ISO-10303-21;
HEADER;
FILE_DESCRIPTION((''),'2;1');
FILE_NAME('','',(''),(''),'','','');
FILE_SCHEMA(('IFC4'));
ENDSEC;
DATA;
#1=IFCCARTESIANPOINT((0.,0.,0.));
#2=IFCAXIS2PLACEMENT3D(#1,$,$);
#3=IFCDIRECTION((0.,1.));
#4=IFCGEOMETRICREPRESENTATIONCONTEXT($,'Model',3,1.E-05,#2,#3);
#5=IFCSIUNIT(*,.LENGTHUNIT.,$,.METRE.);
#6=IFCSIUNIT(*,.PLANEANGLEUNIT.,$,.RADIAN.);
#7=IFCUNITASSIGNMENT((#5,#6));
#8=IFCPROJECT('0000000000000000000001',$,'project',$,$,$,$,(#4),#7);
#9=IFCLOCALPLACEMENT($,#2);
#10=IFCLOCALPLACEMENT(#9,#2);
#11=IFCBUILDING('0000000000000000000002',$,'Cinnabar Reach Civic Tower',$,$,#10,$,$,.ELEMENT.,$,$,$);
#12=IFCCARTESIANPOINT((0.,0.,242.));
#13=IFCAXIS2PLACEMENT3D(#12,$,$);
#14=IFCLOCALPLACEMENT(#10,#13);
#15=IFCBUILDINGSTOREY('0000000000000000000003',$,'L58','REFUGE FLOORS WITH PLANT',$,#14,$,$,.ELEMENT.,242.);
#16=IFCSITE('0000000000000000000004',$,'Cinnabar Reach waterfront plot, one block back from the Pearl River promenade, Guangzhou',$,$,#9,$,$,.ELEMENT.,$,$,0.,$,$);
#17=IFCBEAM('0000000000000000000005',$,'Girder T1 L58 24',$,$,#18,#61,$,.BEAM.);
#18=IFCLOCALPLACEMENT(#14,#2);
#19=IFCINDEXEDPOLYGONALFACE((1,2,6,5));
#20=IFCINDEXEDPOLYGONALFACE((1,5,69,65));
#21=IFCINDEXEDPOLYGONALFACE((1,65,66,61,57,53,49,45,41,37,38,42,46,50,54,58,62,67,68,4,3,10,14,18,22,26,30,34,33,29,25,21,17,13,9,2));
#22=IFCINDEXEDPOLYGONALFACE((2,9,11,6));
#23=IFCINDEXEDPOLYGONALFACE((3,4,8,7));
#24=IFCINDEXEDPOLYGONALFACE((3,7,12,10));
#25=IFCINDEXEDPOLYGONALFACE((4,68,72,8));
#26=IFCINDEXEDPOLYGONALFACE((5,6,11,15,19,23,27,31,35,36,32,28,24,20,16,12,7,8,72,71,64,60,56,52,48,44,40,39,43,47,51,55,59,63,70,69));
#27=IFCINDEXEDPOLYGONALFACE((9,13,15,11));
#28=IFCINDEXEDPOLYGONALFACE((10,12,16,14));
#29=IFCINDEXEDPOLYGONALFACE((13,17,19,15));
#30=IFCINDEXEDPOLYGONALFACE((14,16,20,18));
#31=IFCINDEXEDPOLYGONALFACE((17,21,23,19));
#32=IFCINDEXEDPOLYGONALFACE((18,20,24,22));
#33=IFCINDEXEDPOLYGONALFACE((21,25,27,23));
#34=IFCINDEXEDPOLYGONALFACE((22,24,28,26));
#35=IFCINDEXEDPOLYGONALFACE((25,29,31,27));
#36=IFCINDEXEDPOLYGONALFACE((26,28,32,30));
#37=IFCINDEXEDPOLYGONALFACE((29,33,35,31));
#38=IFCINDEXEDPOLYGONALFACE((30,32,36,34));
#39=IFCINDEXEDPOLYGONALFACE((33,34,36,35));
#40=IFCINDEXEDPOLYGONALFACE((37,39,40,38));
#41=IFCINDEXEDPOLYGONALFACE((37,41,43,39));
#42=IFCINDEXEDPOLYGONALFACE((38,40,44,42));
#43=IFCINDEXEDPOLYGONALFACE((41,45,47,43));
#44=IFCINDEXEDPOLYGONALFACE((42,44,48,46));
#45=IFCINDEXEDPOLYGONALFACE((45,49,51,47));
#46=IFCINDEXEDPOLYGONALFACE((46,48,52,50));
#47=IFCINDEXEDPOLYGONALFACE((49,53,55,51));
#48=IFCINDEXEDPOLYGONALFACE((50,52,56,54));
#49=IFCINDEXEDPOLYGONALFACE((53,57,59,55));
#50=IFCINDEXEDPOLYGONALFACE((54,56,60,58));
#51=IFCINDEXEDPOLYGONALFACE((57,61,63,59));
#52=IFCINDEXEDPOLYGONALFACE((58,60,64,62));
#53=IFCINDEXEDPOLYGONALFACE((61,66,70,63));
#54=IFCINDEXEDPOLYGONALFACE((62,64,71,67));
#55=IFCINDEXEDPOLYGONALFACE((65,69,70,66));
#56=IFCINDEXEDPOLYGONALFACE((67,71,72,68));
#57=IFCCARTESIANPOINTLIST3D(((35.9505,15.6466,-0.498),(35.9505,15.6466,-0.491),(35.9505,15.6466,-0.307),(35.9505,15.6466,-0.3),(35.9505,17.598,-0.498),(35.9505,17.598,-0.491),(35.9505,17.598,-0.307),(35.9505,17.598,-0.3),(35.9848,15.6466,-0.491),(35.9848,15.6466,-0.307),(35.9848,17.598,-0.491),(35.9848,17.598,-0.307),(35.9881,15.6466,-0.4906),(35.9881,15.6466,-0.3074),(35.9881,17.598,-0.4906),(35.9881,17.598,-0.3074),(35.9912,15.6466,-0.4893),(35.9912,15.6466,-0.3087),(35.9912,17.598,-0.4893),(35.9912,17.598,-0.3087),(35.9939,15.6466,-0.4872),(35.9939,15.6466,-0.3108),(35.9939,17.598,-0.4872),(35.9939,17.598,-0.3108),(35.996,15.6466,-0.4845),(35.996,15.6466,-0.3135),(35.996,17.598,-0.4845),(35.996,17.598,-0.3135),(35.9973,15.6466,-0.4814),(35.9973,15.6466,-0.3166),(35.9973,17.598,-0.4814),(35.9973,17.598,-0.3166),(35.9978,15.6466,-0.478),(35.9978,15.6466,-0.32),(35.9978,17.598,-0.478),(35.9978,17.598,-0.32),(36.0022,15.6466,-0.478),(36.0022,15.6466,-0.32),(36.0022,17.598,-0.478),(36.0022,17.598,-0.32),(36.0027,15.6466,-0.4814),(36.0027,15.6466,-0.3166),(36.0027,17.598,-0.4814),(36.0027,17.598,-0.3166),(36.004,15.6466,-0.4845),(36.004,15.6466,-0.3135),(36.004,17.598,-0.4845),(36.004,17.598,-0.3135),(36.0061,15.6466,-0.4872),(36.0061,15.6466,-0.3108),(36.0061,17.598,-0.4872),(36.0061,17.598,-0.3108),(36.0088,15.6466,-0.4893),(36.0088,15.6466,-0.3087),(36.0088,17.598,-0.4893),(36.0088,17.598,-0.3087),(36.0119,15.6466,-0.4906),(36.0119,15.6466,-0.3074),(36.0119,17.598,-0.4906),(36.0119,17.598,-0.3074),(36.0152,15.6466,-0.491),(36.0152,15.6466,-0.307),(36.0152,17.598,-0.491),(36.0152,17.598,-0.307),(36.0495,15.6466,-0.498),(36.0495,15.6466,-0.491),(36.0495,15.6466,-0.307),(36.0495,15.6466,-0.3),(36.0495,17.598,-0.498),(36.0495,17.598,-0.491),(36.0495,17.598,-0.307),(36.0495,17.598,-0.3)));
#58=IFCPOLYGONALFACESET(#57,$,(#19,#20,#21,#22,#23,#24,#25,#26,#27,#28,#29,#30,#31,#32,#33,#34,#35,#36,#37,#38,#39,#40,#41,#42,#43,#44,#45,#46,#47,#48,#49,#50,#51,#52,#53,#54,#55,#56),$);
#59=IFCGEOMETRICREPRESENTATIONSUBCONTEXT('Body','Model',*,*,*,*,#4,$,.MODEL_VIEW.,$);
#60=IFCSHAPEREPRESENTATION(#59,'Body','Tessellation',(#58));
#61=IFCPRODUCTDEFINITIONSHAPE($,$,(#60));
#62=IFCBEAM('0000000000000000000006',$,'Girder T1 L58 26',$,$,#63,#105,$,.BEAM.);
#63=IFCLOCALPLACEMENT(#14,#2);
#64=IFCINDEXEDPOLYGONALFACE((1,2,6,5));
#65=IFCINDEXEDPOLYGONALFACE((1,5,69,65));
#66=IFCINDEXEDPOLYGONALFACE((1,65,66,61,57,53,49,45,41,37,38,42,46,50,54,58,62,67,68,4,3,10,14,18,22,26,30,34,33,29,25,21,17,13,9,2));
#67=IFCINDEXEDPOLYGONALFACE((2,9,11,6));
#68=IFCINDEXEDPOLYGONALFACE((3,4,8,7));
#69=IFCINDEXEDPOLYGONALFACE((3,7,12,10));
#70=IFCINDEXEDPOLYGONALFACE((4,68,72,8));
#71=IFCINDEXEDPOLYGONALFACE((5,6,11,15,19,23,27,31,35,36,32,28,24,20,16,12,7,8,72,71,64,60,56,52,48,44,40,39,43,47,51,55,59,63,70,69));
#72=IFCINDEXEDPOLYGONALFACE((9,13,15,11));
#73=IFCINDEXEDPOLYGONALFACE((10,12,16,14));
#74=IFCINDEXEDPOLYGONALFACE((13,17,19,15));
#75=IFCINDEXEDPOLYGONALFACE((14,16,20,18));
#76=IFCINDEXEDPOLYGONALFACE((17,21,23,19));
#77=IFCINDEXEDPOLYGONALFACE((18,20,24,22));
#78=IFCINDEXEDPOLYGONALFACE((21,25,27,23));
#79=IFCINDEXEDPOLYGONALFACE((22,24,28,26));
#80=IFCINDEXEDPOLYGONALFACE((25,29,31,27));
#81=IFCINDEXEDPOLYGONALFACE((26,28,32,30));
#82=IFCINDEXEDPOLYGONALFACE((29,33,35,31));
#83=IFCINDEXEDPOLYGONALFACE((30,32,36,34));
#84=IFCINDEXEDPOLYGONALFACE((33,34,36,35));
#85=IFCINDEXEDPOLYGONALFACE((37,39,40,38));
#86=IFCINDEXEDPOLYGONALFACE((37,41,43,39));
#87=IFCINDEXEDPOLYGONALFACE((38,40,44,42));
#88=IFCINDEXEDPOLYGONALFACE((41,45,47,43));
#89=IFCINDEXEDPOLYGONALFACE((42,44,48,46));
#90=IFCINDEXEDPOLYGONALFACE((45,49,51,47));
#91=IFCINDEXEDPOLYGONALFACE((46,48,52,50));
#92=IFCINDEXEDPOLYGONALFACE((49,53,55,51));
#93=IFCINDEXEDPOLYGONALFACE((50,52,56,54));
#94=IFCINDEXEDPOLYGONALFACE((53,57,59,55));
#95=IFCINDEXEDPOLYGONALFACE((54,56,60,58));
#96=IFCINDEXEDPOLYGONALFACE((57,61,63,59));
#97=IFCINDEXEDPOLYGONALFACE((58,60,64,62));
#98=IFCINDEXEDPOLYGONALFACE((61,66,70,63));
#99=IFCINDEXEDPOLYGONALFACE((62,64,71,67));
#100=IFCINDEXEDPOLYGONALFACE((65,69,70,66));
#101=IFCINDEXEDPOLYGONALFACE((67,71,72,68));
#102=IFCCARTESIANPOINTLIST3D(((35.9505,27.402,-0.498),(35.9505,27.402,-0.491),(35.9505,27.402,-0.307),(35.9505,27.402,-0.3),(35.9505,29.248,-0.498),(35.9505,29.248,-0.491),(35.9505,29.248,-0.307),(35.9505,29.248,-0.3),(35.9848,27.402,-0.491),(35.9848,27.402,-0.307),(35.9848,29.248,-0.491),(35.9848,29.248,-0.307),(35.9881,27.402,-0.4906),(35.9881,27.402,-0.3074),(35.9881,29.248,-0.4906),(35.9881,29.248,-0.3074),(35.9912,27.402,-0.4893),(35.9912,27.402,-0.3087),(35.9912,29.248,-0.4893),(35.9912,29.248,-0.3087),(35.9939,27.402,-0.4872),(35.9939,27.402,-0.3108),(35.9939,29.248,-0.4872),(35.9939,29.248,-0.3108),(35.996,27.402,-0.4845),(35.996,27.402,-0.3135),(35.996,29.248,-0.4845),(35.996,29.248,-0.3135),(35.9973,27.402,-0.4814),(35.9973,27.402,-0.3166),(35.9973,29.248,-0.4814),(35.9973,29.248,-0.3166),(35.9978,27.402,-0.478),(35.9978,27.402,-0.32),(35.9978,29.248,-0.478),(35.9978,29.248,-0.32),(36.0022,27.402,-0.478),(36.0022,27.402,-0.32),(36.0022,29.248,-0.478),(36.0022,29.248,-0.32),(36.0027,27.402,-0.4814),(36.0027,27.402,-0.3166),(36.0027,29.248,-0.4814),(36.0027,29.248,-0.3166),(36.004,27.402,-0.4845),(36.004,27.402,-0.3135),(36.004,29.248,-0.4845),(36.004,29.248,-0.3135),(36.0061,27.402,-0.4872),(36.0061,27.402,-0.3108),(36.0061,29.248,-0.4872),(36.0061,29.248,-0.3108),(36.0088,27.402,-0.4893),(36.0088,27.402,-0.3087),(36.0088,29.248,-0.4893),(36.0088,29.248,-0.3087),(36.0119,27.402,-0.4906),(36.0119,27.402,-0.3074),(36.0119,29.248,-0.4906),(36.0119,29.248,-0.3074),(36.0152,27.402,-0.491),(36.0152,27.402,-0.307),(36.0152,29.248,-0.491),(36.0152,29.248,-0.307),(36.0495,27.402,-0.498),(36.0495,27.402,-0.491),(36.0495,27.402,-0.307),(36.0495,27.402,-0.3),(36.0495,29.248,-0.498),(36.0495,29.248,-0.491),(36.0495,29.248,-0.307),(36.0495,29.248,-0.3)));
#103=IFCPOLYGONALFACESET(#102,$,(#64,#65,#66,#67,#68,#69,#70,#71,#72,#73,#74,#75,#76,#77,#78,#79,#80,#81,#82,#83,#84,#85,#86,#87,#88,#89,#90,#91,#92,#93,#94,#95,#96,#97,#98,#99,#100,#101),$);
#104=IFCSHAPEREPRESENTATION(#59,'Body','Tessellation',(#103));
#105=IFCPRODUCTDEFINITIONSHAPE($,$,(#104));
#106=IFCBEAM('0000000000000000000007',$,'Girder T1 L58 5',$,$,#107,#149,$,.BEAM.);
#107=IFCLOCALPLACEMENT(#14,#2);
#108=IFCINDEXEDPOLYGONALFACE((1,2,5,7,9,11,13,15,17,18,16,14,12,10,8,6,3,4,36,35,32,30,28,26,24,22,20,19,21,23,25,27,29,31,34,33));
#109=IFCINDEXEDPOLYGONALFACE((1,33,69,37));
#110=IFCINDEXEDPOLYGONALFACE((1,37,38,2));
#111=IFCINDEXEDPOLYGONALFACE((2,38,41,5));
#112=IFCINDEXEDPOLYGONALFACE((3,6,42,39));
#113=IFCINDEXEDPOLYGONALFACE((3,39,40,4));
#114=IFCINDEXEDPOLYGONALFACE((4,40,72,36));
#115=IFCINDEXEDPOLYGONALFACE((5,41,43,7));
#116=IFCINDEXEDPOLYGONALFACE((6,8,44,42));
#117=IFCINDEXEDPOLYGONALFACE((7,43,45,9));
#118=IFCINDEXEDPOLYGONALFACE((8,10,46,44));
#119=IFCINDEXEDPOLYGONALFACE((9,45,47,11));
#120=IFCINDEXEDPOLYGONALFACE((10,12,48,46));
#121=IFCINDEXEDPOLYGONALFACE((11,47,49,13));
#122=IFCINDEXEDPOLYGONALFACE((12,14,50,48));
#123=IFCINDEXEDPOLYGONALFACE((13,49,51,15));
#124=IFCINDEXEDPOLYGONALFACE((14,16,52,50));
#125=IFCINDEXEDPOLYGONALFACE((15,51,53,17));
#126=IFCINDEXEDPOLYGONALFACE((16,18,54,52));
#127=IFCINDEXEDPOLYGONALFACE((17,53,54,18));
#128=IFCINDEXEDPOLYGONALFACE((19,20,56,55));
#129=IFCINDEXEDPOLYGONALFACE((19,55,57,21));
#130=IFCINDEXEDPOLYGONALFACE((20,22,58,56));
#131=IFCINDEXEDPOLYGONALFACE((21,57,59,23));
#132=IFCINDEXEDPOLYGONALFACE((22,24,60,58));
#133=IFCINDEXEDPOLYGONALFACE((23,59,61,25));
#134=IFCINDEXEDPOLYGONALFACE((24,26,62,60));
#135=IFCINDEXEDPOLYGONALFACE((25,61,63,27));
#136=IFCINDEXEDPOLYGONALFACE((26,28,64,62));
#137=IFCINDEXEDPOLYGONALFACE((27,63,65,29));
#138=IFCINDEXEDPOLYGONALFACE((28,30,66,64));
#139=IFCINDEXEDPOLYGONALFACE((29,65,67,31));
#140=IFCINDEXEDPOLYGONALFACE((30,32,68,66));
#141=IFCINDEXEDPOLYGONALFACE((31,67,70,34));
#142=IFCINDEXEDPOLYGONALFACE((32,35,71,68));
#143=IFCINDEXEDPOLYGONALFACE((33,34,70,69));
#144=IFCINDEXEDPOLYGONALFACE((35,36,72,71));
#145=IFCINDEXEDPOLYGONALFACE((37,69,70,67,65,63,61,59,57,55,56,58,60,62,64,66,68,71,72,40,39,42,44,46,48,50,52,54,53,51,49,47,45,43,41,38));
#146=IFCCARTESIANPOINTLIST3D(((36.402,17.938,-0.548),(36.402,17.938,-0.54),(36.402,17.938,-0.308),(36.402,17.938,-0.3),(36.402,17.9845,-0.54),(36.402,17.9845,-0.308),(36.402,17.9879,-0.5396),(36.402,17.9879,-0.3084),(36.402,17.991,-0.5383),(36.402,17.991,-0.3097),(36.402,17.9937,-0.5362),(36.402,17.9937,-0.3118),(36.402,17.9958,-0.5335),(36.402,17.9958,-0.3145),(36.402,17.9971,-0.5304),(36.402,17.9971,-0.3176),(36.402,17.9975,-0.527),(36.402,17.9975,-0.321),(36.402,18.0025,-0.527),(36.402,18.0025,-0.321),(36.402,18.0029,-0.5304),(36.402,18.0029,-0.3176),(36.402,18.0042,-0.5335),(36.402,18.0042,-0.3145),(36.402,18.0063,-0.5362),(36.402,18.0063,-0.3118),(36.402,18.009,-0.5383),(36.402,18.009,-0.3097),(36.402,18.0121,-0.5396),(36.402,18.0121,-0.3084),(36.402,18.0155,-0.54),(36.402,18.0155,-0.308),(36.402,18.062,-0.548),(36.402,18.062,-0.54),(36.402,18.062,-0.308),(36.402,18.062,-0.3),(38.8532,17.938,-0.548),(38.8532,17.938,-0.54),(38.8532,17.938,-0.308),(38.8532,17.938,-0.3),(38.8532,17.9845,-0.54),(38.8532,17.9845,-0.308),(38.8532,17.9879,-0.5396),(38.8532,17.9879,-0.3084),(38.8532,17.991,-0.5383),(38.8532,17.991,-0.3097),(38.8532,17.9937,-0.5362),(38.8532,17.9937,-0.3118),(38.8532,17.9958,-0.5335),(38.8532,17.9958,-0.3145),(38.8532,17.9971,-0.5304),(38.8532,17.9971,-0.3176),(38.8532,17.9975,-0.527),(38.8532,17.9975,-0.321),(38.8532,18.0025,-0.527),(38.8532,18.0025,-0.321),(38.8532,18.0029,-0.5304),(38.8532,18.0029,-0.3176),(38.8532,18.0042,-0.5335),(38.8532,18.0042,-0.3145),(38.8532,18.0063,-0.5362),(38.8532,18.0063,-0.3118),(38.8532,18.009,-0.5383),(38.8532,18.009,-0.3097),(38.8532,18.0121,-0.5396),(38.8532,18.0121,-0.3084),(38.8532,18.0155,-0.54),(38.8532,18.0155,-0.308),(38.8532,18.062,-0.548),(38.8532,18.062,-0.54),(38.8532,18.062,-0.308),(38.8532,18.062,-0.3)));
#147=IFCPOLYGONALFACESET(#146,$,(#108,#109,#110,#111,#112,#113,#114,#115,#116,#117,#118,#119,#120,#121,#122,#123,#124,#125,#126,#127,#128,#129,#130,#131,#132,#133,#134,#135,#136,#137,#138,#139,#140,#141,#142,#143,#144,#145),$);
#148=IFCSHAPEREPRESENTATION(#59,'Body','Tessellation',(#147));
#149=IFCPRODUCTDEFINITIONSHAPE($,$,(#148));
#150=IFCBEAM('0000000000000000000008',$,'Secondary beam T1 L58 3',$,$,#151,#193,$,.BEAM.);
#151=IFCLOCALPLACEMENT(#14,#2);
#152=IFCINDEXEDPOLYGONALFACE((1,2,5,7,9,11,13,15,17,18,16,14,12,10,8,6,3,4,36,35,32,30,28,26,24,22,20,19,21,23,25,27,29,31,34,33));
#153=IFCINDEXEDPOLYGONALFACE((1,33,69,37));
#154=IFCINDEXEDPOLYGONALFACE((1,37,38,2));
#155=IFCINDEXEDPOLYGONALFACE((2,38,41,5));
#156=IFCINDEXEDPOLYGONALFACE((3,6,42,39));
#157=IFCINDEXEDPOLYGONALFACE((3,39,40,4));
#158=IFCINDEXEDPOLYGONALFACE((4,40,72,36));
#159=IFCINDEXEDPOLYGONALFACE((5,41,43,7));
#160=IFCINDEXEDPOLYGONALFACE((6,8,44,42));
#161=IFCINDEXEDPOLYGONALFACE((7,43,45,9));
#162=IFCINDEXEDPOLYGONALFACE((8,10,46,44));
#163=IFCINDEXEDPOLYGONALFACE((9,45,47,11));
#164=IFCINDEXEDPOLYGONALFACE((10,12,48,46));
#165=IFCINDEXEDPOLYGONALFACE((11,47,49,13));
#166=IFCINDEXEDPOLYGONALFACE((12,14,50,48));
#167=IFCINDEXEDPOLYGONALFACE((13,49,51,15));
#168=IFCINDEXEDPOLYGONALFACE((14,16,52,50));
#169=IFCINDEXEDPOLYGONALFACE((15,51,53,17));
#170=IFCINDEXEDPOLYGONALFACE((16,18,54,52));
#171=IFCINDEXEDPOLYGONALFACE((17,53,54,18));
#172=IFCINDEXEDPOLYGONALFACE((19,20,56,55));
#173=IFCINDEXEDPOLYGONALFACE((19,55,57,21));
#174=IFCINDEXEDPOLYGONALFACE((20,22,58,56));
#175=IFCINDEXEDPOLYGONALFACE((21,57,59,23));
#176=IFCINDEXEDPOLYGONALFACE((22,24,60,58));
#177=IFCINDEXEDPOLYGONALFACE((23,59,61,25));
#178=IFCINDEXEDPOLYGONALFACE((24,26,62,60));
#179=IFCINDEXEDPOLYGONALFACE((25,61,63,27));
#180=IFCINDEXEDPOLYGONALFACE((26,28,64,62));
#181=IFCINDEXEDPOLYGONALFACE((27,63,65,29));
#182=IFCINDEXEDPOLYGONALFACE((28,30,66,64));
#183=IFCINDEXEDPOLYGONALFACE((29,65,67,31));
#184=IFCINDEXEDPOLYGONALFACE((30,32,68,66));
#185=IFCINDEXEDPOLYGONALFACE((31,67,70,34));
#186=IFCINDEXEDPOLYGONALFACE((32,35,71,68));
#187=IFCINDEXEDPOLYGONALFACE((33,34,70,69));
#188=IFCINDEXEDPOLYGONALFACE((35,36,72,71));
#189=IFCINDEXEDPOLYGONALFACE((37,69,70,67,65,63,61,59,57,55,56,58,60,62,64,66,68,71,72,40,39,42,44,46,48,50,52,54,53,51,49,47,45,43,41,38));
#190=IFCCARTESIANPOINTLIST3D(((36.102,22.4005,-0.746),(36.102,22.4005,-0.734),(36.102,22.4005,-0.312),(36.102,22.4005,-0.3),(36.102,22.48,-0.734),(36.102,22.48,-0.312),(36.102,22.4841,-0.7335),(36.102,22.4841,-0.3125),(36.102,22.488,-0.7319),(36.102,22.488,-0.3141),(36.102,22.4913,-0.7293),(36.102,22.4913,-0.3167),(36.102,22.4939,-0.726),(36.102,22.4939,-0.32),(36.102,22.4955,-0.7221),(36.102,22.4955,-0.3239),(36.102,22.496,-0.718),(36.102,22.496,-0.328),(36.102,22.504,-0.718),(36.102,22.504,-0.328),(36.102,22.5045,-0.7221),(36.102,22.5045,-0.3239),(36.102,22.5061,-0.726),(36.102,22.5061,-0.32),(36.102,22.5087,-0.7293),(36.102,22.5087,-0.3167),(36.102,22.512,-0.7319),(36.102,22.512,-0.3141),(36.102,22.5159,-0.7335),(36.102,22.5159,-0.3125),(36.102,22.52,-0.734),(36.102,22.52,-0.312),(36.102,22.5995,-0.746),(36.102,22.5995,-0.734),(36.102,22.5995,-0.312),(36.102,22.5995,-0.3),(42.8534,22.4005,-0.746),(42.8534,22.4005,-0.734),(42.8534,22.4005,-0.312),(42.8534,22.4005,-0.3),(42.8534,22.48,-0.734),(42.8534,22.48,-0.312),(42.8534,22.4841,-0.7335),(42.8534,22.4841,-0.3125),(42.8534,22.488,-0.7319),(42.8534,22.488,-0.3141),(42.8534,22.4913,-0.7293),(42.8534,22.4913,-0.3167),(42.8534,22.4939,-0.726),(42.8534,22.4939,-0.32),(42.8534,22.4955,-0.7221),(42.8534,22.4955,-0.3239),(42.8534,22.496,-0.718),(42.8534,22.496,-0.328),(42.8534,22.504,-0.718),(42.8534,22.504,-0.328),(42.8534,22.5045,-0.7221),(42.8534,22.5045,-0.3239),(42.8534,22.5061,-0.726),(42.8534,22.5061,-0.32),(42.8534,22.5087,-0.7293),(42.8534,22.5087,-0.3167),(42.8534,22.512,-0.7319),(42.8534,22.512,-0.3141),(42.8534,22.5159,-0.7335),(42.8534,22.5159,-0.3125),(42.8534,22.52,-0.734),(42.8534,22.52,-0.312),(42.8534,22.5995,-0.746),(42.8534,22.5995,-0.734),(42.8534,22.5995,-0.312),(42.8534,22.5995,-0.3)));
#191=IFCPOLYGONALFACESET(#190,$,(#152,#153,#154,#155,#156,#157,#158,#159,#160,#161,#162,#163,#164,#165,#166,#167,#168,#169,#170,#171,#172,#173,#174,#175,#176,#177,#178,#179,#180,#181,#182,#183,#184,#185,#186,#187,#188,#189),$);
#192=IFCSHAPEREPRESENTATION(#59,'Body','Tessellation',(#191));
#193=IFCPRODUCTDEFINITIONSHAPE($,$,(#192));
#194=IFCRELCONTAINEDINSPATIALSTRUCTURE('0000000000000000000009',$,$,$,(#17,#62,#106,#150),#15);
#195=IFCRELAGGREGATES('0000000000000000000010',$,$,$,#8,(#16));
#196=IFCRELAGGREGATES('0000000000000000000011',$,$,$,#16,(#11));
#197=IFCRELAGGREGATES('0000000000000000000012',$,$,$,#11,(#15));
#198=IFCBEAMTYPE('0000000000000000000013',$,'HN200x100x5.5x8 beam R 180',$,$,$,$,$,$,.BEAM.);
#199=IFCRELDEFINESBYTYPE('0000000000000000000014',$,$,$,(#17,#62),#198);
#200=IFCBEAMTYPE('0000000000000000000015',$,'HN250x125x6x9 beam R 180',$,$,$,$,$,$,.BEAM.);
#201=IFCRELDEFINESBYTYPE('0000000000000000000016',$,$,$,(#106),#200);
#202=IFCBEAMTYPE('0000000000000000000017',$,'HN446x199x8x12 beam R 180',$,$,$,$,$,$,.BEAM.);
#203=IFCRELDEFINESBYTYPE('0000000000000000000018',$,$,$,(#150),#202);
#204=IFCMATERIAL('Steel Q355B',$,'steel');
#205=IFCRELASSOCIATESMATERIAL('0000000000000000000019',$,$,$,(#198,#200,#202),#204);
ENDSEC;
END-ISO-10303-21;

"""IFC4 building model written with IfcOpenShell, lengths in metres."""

from ifc_helpers import new_model, si_unit, direction, frame, origin, origin_2d, place, context, subcontext, project, spatial, i_section, extrude, material, material_profile, profile_set, type_object, element, save


model = new_model("IFC4")

# Units and contexts
model_context = context("Model", 3, precision=1e-05, world=origin(), true_north=direction((0.0, 1.0)))
body_context = subcontext(model_context, "Body", "Model", "MODEL_VIEW")
ifc_project = project(units=[si_unit("LENGTHUNIT", "METRE"), si_unit("PLANEANGLEUNIT", "RADIAN")], contexts=[model_context])

# Site, building, storey
site_placement = place(None, origin())
site = spatial("IfcSite", under=ifc_project, at=site_placement, Name="Cinnabar Reach waterfront plot, one block back from the Pearl River promenade, Guangzhou", CompositionType="ELEMENT", RefElevation=0.0)
building_placement = place(site_placement, origin())
building = spatial("IfcBuilding", under=site, at=building_placement, Name="Cinnabar Reach Civic Tower", CompositionType="ELEMENT")
storey_placement = place(building_placement, frame((0.0, 0.0, 242.0)))
storey = spatial("IfcBuildingStorey", under=building, at=storey_placement, Name="L58", Description="REFUGE FLOORS WITH PLANT", CompositionType="ELEMENT", Elevation=242.0)

# Beams
ifc_material_1 = material(Name="Steel Q355B", Category="steel")
ifc_material_profile_1 = material_profile(ifc_material_1, i_section(OverallWidth=0.099, OverallDepth=0.198, WebThickness=0.0045, FlangeThickness=0.007, FilletRadius=0.013, at=origin_2d()), Name="HN200x100x5.5x8")
ifc_profile_set_1 = profile_set([ifc_material_profile_1], Name="Steel Q355B")
beam_type_1 = type_object("IfcBeamType", Name="HN200x100x5.5x8 beam R 180", PredefinedType="BEAM", material=ifc_profile_set_1)
beam_1_placement = place(storey_placement, frame((36.0, 15.6466, -0.399), z_axis=(0.0, 1.0, 0.0), x_axis=(-1.0, 0.0, 0.0)))
element("IfcBeam", 1, at=beam_1_placement, inside=storey, type_object=beam_type_1, Name="Girder T1 L58 24", PredefinedType="BEAM", context=body_context, shape_type="SweptSolid", body=[
    extrude(i_section(OverallWidth=0.099, OverallDepth=0.198, WebThickness=0.0045, FlangeThickness=0.007, FilletRadius=0.013, at=origin_2d()), origin(), (0.0, 0.0, 1.0), 1.9514),
])
beam_2_placement = place(storey_placement, frame((36.0, 27.402, -0.399), z_axis=(0.0, 1.0, 0.0), x_axis=(-1.0, 0.0, 0.0)))
element("IfcBeam", 2, at=beam_2_placement, inside=storey, type_object=beam_type_1, Name="Girder T1 L58 26", PredefinedType="BEAM", context=body_context, shape_type="SweptSolid", body=[
    extrude(i_section(OverallWidth=0.099, OverallDepth=0.198, WebThickness=0.0045, FlangeThickness=0.007, FilletRadius=0.013, at=origin_2d()), origin(), (0.0, 0.0, 1.0), 1.846),
])
ifc_material_profile_2 = material_profile(ifc_material_1, i_section(OverallWidth=0.124, OverallDepth=0.248, WebThickness=0.005, FlangeThickness=0.008, FilletRadius=0.013, at=origin_2d()), Name="HN250x125x6x9")
ifc_profile_set_2 = profile_set([ifc_material_profile_2], Name="Steel Q355B")
beam_type_2 = type_object("IfcBeamType", Name="HN250x125x6x9 beam R 180", PredefinedType="BEAM", material=ifc_profile_set_2)
beam_3_placement = place(storey_placement, frame((36.402, 18.0, -0.424), z_axis=(1.0, 0.0, 0.0), x_axis=(0.0, 1.0, 0.0)))
element("IfcBeam", 3, at=beam_3_placement, inside=storey, type_object=beam_type_2, Name="Girder T1 L58 5", PredefinedType="BEAM", context=body_context, shape_type="SweptSolid", body=[
    extrude(i_section(OverallWidth=0.124, OverallDepth=0.248, WebThickness=0.005, FlangeThickness=0.008, FilletRadius=0.013, at=origin_2d()), origin(), (0.0, 0.0, 1.0), 2.4512),
])
ifc_material_profile_3 = material_profile(ifc_material_1, i_section(OverallWidth=0.199, OverallDepth=0.446, WebThickness=0.008, FlangeThickness=0.012, FilletRadius=0.016, at=origin_2d()), Name="HN446x199x8x12")
ifc_profile_set_3 = profile_set([ifc_material_profile_3], Name="Steel Q355B")
beam_type_3 = type_object("IfcBeamType", Name="HN446x199x8x12 beam R 180", PredefinedType="BEAM", material=ifc_profile_set_3)
beam_4_placement = place(storey_placement, frame((36.102, 22.5, -0.523), z_axis=(1.0, 0.0, 0.0), x_axis=(0.0, 1.0, 0.0)))
element("IfcBeam", 4, at=beam_4_placement, inside=storey, type_object=beam_type_3, Name="Secondary beam T1 L58 3", PredefinedType="BEAM", context=body_context, shape_type="SweptSolid", body=[
    extrude(i_section(OverallWidth=0.199, OverallDepth=0.446, WebThickness=0.008, FlangeThickness=0.012, FilletRadius=0.016, at=origin_2d()), origin(), (0.0, 0.0, 1.0), 6.7514),
])

save(model, "model.ifc")
